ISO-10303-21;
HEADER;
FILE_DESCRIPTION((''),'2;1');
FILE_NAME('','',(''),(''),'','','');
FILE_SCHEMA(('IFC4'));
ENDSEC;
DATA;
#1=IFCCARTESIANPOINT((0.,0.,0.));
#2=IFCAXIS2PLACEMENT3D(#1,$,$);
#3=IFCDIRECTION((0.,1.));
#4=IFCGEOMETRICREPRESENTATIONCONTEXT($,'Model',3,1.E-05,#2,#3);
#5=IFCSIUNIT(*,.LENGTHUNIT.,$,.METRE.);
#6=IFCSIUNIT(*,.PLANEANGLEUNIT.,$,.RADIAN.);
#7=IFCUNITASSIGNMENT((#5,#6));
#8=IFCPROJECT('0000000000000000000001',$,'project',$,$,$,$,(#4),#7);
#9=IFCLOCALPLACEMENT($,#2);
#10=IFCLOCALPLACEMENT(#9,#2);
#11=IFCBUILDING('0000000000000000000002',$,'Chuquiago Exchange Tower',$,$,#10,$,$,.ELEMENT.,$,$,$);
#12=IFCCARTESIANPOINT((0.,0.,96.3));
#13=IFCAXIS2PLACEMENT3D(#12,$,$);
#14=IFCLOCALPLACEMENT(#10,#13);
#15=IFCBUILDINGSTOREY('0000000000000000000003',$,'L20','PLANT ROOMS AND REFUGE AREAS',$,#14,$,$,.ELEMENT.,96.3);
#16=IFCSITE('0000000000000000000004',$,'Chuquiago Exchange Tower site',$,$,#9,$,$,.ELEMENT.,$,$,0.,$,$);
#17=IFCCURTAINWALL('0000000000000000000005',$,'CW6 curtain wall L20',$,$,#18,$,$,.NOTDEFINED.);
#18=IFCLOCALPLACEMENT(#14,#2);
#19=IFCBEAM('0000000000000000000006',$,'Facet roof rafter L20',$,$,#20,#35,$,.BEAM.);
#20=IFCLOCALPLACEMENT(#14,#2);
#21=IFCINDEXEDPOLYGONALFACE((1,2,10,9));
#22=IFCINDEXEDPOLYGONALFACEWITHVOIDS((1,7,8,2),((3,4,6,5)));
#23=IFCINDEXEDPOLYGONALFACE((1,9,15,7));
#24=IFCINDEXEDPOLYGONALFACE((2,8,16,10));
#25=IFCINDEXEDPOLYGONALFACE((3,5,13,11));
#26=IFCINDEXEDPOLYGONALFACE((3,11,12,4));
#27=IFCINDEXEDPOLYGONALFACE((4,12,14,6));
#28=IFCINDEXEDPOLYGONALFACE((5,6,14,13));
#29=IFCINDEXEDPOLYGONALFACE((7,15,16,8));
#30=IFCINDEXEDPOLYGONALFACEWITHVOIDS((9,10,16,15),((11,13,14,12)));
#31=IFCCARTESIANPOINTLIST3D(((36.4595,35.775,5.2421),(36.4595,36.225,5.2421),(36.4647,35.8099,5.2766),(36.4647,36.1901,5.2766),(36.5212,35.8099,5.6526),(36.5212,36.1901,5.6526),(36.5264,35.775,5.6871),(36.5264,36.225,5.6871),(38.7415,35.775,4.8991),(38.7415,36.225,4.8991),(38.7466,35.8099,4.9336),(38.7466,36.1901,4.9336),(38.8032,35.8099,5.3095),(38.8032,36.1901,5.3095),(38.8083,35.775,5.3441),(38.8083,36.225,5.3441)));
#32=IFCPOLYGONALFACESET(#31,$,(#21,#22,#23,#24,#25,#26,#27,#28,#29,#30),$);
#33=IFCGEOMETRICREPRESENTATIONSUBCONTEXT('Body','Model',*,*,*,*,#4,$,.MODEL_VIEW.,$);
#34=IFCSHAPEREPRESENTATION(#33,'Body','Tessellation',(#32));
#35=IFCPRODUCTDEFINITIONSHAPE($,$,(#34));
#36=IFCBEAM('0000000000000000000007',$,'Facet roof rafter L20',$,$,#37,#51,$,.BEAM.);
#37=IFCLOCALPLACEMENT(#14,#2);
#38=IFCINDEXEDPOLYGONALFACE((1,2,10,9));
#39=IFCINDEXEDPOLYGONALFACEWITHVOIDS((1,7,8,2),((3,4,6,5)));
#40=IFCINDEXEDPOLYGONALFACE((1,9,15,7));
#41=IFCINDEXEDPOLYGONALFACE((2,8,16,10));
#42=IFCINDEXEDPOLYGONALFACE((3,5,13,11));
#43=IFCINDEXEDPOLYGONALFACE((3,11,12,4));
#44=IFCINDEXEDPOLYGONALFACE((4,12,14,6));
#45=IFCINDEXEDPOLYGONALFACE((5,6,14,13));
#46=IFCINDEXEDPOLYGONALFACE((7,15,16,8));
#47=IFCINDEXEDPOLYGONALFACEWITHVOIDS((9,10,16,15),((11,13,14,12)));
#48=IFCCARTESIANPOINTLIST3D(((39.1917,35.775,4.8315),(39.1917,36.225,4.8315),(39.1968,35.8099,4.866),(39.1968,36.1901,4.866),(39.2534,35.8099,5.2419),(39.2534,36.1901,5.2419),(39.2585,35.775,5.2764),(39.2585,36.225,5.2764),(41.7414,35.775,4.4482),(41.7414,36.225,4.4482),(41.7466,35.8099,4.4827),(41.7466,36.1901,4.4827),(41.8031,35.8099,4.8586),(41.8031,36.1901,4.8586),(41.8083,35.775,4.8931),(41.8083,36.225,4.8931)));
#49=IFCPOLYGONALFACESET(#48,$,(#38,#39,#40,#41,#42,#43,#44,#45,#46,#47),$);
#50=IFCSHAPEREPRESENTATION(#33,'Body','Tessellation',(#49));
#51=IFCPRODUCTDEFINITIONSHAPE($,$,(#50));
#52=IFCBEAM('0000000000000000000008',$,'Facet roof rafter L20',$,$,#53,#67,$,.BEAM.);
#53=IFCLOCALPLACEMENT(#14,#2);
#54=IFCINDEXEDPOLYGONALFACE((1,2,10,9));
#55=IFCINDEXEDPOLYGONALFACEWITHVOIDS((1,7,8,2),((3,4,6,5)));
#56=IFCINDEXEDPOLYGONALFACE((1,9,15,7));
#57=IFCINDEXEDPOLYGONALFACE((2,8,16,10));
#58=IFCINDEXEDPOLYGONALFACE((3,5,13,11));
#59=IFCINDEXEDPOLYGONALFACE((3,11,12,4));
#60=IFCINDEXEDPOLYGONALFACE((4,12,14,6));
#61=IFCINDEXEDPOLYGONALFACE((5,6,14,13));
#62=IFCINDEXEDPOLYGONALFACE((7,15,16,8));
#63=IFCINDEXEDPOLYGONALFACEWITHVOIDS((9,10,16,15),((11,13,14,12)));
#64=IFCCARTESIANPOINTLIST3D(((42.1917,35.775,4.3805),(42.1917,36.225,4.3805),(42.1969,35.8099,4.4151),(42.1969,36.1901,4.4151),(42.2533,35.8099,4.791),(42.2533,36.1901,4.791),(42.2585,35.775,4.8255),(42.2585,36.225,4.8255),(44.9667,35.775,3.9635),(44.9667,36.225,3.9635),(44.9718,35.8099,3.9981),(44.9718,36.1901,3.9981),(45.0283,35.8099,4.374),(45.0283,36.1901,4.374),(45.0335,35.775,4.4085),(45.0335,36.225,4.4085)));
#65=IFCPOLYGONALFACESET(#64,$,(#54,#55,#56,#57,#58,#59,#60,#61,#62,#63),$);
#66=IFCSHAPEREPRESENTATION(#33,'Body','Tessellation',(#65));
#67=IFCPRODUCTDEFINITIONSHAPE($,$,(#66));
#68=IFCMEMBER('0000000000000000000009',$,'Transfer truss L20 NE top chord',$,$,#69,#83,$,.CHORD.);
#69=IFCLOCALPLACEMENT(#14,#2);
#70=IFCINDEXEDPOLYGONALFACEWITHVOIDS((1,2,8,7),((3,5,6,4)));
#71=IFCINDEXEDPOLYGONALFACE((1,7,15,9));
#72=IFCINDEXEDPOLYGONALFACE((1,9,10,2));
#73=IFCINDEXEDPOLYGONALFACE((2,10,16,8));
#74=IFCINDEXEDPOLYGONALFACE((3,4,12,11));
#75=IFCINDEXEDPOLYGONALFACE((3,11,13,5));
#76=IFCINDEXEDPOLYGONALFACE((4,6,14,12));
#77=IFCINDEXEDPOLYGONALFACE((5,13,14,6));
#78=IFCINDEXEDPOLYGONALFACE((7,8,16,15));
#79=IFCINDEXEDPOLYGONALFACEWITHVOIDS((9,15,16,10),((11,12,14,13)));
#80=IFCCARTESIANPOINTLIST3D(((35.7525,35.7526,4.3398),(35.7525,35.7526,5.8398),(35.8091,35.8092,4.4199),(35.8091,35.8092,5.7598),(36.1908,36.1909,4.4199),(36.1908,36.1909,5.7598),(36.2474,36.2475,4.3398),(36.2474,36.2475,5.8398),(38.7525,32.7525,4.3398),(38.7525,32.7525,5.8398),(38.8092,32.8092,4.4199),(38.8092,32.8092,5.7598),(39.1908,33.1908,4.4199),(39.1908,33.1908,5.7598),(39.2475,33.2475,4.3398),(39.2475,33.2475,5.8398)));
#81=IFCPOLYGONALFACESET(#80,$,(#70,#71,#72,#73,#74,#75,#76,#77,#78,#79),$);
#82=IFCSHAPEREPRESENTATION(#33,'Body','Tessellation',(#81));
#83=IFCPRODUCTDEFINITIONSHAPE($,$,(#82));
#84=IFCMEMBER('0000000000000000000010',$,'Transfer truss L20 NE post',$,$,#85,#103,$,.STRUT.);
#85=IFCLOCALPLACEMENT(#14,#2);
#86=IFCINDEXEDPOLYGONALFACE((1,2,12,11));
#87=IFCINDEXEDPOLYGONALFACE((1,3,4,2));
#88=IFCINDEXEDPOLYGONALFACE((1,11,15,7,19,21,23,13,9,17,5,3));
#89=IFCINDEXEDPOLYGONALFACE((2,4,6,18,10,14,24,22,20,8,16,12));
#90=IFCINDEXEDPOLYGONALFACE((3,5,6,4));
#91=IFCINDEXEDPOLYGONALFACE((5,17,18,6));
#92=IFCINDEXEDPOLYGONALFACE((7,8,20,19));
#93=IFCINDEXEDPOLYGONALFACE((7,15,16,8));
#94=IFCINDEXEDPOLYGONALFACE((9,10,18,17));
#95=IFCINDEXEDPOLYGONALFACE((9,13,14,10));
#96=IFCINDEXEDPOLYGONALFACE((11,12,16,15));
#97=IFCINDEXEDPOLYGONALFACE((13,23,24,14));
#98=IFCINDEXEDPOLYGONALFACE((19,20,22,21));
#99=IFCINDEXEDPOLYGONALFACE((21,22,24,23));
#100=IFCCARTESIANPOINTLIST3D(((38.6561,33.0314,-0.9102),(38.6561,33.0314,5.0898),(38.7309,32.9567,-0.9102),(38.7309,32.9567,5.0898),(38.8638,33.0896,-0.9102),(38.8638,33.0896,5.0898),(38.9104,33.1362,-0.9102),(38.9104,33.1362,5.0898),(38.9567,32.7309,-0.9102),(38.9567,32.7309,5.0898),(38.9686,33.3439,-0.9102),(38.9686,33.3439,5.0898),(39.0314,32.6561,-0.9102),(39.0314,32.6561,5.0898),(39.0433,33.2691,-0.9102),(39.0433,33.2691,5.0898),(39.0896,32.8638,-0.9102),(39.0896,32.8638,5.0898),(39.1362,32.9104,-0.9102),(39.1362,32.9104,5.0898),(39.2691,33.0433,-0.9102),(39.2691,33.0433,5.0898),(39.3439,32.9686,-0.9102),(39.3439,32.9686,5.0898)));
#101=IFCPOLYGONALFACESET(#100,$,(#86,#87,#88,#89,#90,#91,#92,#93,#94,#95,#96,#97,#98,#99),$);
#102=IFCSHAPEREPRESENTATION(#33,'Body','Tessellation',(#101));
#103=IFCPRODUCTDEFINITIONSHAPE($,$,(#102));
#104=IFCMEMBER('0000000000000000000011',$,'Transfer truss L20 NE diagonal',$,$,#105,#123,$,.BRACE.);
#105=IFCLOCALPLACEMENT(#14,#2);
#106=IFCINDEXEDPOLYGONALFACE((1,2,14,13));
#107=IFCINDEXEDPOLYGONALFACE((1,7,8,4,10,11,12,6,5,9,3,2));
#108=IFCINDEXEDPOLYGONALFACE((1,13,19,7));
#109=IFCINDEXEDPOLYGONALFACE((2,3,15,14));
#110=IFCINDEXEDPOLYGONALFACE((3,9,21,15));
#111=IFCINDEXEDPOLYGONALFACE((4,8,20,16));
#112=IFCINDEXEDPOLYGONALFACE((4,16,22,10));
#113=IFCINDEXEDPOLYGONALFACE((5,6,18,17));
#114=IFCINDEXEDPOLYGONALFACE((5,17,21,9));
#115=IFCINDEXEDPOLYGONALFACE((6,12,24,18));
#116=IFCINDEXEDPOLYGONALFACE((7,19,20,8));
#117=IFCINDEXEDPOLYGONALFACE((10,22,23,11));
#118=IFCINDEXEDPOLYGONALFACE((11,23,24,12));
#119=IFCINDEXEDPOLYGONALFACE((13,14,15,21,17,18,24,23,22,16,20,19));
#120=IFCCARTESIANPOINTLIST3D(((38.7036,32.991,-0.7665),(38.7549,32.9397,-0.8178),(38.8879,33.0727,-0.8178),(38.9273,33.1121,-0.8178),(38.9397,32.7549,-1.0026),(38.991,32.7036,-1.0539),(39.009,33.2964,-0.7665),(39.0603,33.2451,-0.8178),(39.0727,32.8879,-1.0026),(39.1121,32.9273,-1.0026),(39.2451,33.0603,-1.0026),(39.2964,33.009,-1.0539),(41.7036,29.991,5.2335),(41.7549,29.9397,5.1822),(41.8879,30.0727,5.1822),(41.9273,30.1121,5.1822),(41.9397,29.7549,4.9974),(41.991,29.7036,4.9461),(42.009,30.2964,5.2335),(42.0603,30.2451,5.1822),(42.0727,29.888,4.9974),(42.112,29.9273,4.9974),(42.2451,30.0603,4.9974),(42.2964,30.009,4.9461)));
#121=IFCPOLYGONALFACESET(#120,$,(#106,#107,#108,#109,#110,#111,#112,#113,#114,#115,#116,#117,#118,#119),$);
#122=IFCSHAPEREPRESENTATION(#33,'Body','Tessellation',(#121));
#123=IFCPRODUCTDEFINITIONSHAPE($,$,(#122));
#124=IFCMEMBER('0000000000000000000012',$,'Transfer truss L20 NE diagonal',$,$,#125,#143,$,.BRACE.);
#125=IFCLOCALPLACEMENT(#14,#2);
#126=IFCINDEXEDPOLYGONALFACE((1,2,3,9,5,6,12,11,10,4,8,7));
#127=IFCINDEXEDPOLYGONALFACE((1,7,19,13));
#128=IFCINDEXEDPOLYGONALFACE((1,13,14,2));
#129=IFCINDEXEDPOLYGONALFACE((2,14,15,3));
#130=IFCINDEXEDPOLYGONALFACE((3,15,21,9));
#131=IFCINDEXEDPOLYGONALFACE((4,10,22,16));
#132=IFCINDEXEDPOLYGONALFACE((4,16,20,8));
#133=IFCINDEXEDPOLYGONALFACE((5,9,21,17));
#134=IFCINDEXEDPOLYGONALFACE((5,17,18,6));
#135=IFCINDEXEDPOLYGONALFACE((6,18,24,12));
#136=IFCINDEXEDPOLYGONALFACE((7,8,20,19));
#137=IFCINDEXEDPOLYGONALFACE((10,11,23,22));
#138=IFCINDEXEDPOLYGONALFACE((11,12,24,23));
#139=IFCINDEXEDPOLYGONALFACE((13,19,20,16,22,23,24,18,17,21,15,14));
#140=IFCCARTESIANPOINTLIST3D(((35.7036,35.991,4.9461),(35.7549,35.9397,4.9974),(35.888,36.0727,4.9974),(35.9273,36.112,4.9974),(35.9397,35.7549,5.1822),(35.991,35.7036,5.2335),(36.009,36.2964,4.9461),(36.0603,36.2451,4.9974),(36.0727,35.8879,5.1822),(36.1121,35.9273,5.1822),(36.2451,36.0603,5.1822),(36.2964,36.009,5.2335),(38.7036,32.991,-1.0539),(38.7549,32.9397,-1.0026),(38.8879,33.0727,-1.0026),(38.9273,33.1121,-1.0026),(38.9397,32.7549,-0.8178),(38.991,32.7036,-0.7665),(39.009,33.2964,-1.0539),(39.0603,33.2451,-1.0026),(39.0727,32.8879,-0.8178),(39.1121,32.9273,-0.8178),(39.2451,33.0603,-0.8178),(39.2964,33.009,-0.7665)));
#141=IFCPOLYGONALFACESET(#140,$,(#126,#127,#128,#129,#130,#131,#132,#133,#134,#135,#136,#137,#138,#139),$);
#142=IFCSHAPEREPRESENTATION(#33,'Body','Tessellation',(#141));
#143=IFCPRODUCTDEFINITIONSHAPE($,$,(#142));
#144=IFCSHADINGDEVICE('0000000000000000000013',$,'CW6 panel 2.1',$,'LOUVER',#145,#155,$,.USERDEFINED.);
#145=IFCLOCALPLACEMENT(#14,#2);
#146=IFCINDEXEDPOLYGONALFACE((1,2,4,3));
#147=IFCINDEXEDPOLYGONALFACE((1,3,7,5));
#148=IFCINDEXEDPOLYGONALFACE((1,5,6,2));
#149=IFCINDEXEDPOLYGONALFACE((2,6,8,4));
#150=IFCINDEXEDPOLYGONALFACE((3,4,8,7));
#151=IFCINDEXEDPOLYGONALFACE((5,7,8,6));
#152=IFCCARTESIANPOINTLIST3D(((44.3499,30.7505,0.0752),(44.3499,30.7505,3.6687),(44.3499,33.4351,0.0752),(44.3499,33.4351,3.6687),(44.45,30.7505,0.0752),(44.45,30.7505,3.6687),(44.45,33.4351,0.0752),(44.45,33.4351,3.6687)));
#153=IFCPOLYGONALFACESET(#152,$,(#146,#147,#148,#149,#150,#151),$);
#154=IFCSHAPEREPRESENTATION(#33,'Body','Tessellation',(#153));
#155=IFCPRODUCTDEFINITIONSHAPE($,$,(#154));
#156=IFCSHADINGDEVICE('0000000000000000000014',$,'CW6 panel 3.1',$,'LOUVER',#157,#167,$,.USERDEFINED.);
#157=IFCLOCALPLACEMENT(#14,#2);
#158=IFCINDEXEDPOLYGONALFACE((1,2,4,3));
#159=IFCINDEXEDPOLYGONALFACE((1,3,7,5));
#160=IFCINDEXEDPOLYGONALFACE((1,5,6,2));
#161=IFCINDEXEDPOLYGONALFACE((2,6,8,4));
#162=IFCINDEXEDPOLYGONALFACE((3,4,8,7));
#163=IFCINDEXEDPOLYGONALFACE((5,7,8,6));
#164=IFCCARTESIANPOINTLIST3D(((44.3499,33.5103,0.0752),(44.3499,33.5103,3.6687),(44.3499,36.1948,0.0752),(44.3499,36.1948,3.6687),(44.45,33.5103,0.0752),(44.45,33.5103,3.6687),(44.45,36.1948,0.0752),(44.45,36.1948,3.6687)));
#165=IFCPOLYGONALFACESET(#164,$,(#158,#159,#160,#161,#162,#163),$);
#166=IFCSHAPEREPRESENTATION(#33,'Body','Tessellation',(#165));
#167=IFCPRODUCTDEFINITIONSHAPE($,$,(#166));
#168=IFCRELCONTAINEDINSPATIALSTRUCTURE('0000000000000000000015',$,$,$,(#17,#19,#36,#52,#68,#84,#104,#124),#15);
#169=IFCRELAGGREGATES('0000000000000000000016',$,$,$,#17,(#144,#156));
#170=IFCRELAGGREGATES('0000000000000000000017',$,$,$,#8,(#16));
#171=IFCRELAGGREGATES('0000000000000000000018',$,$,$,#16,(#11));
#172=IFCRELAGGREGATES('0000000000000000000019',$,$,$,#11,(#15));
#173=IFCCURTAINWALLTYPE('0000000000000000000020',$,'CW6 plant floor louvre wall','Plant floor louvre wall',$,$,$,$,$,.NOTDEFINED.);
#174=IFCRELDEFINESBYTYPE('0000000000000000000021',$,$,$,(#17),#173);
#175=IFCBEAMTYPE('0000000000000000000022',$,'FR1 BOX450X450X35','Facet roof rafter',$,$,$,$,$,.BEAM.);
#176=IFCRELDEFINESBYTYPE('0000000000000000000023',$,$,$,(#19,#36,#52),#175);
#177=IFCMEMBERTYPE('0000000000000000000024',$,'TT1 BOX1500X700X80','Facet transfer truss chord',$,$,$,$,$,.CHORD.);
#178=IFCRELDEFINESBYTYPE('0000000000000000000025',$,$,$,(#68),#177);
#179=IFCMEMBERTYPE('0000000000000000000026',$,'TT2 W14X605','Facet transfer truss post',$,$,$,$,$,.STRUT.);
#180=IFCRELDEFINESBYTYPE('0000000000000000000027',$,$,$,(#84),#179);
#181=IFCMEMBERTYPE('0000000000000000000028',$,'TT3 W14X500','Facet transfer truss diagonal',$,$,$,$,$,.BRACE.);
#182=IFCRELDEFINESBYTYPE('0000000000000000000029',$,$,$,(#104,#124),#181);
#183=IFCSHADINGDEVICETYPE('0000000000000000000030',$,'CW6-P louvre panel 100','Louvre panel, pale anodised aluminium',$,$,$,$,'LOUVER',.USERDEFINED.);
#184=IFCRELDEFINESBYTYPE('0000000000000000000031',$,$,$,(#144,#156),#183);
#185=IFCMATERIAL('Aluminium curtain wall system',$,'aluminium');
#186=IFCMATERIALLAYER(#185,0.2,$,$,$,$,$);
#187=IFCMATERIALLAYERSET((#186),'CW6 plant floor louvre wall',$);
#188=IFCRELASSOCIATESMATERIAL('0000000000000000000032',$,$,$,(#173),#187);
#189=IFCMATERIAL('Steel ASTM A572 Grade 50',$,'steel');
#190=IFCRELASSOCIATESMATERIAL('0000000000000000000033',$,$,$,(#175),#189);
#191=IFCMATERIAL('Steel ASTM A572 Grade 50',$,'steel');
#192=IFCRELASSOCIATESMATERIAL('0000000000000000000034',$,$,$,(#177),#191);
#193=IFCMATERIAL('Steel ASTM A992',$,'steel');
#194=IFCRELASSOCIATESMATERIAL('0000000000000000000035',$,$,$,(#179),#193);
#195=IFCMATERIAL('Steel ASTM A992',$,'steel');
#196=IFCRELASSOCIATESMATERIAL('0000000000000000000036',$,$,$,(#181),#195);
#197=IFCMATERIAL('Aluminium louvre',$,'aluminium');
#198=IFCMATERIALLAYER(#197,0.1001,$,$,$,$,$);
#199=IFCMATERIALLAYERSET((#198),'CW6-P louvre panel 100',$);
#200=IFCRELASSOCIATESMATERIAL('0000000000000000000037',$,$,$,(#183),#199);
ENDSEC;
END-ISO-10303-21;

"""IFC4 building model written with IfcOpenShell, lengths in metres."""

from ifc_helpers import new_model, si_unit, direction, frame, origin, origin_2d, place, context, subcontext, project, spatial, rectangle, hollow_rectangle, i_section, extrude, material, layer, layer_set, material_profile, profile_set, type_object, element, aggregate, save


model = new_model("IFC4")

# Units and contexts
model_context = context("Model", 3, precision=1e-05, world=origin(), true_north=direction((0.0, 1.0)))
body_context = subcontext(model_context, "Body", "Model", "MODEL_VIEW")
ifc_project = project(units=[si_unit("LENGTHUNIT", "METRE"), si_unit("PLANEANGLEUNIT", "RADIAN")], contexts=[model_context])

# Site, building, storey
site_placement = place(None, origin())
site = spatial("IfcSite", under=ifc_project, at=site_placement, Name="Chuquiago Exchange Tower site", CompositionType="ELEMENT", RefElevation=0.0)
building_placement = place(site_placement, origin())
building = spatial("IfcBuilding", under=site, at=building_placement, Name="Chuquiago Exchange Tower", CompositionType="ELEMENT")
storey_placement = place(building_placement, frame((0.0, 0.0, 96.3)))
storey = spatial("IfcBuildingStorey", under=building, at=storey_placement, Name="L20", Description="PLANT ROOMS AND REFUGE AREAS", CompositionType="ELEMENT", Elevation=96.3)

# Curtain wall
ifc_material_1 = material(Name="Aluminium curtain wall system", Category="aluminium")
ifc_layer_1 = layer(ifc_material_1, 0.2)
ifc_layer_set_1 = layer_set([ifc_layer_1], Name="CW6 plant floor louvre wall")
curtain_wall_type = type_object("IfcCurtainWallType", Name="CW6 plant floor louvre wall", Description="Plant floor louvre wall", PredefinedType="NOTDEFINED", material=ifc_layer_set_1)
curtain_wall_placement = place(storey_placement, origin())
curtain_wall = element("IfcCurtainWall", 1, at=curtain_wall_placement, inside=storey, type_object=curtain_wall_type, Name="CW6 curtain wall L20", PredefinedType="NOTDEFINED")

# Beams
ifc_material_2 = material(Name="Steel ASTM A572 Grade 50", Category="steel")
ifc_material_profile_1 = material_profile(ifc_material_2, hollow_rectangle(XDim=0.45, YDim=0.45, WallThickness=0.0349, at=origin_2d()), Name="BOX450X450X35")
ifc_profile_set_1 = profile_set([ifc_material_profile_1], Name="Steel ASTM A572 Grade 50")
beam_type_1 = type_object("IfcBeamType", Name="FR1 BOX450X450X35", Description="Facet roof rafter", PredefinedType="BEAM", material=ifc_profile_set_1)
beam_1_placement = place(storey_placement, frame((36.4929, 36.0, 5.4646), z_axis=(0.988891, 0.0, -0.148646), x_axis=(0.0, 1.0, 0.0)))
element("IfcBeam", 2, at=beam_1_placement, inside=storey, type_object=beam_type_1, Name="Facet roof rafter L20", PredefinedType="BEAM", context=body_context, shape_type="SweptSolid", body=[
    extrude(hollow_rectangle(XDim=0.45, YDim=0.45, WallThickness=0.0349, at=origin_2d()), origin(), (0.0, 0.0, 1.0), 2.3076),
])
beam_2_placement = place(storey_placement, frame((39.2251, 36.0, 5.054), z_axis=(0.988889, 0.0, -0.148655), x_axis=(0.0, 1.0, 0.0)))
element("IfcBeam", 3, at=beam_2_placement, inside=storey, type_object=beam_type_1, Name="Facet roof rafter L20", PredefinedType="BEAM", context=body_context, shape_type="SweptSolid", body=[
    extrude(hollow_rectangle(XDim=0.45, YDim=0.45, WallThickness=0.0349, at=origin_2d()), origin(), (0.0, 0.0, 1.0), 2.5784),
])
beam_3_placement = place(storey_placement, frame((42.2251, 36.0, 4.603), z_axis=(0.988897, 0.0, -0.148604), x_axis=(0.0, 1.0, 0.0)))
element("IfcBeam", 4, at=beam_3_placement, inside=storey, type_object=beam_type_1, Name="Facet roof rafter L20", PredefinedType="BEAM", context=body_context, shape_type="SweptSolid", body=[
    extrude(hollow_rectangle(XDim=0.45, YDim=0.45, WallThickness=0.0349, at=origin_2d()), origin(), (0.0, 0.0, 1.0), 2.8062),
])

# Members
ifc_material_3 = material(Name="Steel ASTM A572 Grade 50", Category="steel")
ifc_material_profile_2 = material_profile(ifc_material_3, hollow_rectangle(XDim=0.7, YDim=1.5, WallThickness=0.0801, at=origin_2d()), Name="BOX1500X700X80")
ifc_profile_set_2 = profile_set([ifc_material_profile_2], Name="Steel ASTM A572 Grade 50")
member_type_1 = type_object("IfcMemberType", Name="TT1 BOX1500X700X80", Description="Facet transfer truss chord", PredefinedType="CHORD", material=ifc_profile_set_2)
member_1_placement = place(storey_placement, frame((39.0, 33.0, 5.0898), z_axis=(-0.707107, 0.707107, 0.0), x_axis=(-0.707107, -0.707107, 0.0)))
element("IfcMember", 5, at=member_1_placement, inside=storey, type_object=member_type_1, Name="Transfer truss L20 NE top chord", PredefinedType="CHORD", context=body_context, shape_type="SweptSolid", body=[
    extrude(hollow_rectangle(XDim=0.7, YDim=1.5, WallThickness=0.0801, at=origin_2d()), origin(), (0.0, 0.0, 1.0), 4.2427),
])
ifc_material_4 = material(Name="Steel ASTM A992", Category="steel")
ifc_material_profile_3 = material_profile(ifc_material_4, i_section(OverallWidth=0.4419, OverallDepth=0.5308, WebThickness=0.0659, FlangeThickness=0.1057, at=origin_2d()), Name="W14X605")
ifc_profile_set_3 = profile_set([ifc_material_profile_3], Name="Steel ASTM A992")
member_type_2 = type_object("IfcMemberType", Name="TT2 W14X605", Description="Facet transfer truss post", PredefinedType="STRUT", material=ifc_profile_set_3)
member_2_placement = place(storey_placement, frame((39.0, 33.0, -0.9102), z_axis=(0.0, 0.0, 1.0), x_axis=(0.707107, 0.707107, 0.0)))
element("IfcMember", 6, at=member_2_placement, inside=storey, type_object=member_type_2, Name="Transfer truss L20 NE post", PredefinedType="STRUT", context=body_context, shape_type="SweptSolid", body=[
    extrude(i_section(OverallWidth=0.4419, OverallDepth=0.5308, WebThickness=0.0659, FlangeThickness=0.1057, at=origin_2d()), origin(), (0.0, 0.0, 1.0), 6.0),
])
ifc_material_5 = material(Name="Steel ASTM A992", Category="steel")
ifc_material_profile_4 = material_profile(ifc_material_5, i_section(OverallWidth=0.4319, OverallDepth=0.4978, WebThickness=0.0557, FlangeThickness=0.0889, at=origin_2d()), Name="W14X500")
ifc_profile_set_4 = profile_set([ifc_material_profile_4], Name="Steel ASTM A992")
member_type_3 = type_object("IfcMemberType", Name="TT3 W14X500", Description="Facet transfer truss diagonal", PredefinedType="BRACE", material=ifc_profile_set_4)
for number, where, z_axis, x_axis, name in (
    (7, (39.0, 33.0, -0.9102), (0.408248, -0.408248, 0.816497), (0.707107, 0.707107, 0.0), "Transfer truss L20 NE diagonal"),
    (8, (39.0, 33.0, -0.9102), (-0.408248, 0.408248, 0.816497), (-0.707107, -0.707107, 0.0), "Transfer truss L20 NE diagonal"),
):
    element("IfcMember", number, at=place(storey_placement, frame(where, z_axis=z_axis, x_axis=x_axis)), inside=storey, type_object=member_type_3, Name=name, PredefinedType="BRACE", context=body_context, shape_type="SweptSolid", body=[
        extrude(i_section(OverallWidth=0.4319, OverallDepth=0.4978, WebThickness=0.0557, FlangeThickness=0.0889, at=origin_2d()), origin(), (0.0, 0.0, 1.0), 7.3484),
    ])

# Shading devices
ifc_material_6 = material(Name="Aluminium louvre", Category="aluminium")
ifc_layer_2 = layer(ifc_material_6, 0.1001)
ifc_layer_set_2 = layer_set([ifc_layer_2], Name="CW6-P louvre panel 100")
shading_device_type = type_object("IfcShadingDeviceType", Name="CW6-P louvre panel 100", Description="Louvre panel, pale anodised aluminium", ElementType="LOUVER", PredefinedType="USERDEFINED", material=ifc_layer_set_2)
shading_device_1_placement = place(storey_placement, frame((44.3999, 32.0928, 0.0752), z_axis=(0.0, 0.0, 1.0), x_axis=(0.0, 1.0, 0.0)))
shading_device_1 = element("IfcShadingDevice", 9, at=shading_device_1_placement, type_object=shading_device_type, Name="CW6 panel 2.1", ObjectType="LOUVER", PredefinedType="USERDEFINED", context=body_context, shape_type="SweptSolid", body=[
    extrude(rectangle(XDim=2.6846, YDim=0.1001, at=origin_2d()), origin(), (0.0, 0.0, 1.0), 3.5935),
])
shading_device_2_placement = place(storey_placement, frame((44.3999, 34.8525, 0.0752), z_axis=(0.0, 0.0, 1.0), x_axis=(0.0, 1.0, 0.0)))
shading_device_2 = element("IfcShadingDevice", 10, at=shading_device_2_placement, type_object=shading_device_type, Name="CW6 panel 3.1", ObjectType="LOUVER", PredefinedType="USERDEFINED", context=body_context, shape_type="SweptSolid", body=[
    extrude(rectangle(XDim=2.6846, YDim=0.1001, at=origin_2d()), origin(), (0.0, 0.0, 1.0), 3.5935),
])
aggregate(curtain_wall, [shading_device_1, shading_device_2])

save(model, "model.ifc")
